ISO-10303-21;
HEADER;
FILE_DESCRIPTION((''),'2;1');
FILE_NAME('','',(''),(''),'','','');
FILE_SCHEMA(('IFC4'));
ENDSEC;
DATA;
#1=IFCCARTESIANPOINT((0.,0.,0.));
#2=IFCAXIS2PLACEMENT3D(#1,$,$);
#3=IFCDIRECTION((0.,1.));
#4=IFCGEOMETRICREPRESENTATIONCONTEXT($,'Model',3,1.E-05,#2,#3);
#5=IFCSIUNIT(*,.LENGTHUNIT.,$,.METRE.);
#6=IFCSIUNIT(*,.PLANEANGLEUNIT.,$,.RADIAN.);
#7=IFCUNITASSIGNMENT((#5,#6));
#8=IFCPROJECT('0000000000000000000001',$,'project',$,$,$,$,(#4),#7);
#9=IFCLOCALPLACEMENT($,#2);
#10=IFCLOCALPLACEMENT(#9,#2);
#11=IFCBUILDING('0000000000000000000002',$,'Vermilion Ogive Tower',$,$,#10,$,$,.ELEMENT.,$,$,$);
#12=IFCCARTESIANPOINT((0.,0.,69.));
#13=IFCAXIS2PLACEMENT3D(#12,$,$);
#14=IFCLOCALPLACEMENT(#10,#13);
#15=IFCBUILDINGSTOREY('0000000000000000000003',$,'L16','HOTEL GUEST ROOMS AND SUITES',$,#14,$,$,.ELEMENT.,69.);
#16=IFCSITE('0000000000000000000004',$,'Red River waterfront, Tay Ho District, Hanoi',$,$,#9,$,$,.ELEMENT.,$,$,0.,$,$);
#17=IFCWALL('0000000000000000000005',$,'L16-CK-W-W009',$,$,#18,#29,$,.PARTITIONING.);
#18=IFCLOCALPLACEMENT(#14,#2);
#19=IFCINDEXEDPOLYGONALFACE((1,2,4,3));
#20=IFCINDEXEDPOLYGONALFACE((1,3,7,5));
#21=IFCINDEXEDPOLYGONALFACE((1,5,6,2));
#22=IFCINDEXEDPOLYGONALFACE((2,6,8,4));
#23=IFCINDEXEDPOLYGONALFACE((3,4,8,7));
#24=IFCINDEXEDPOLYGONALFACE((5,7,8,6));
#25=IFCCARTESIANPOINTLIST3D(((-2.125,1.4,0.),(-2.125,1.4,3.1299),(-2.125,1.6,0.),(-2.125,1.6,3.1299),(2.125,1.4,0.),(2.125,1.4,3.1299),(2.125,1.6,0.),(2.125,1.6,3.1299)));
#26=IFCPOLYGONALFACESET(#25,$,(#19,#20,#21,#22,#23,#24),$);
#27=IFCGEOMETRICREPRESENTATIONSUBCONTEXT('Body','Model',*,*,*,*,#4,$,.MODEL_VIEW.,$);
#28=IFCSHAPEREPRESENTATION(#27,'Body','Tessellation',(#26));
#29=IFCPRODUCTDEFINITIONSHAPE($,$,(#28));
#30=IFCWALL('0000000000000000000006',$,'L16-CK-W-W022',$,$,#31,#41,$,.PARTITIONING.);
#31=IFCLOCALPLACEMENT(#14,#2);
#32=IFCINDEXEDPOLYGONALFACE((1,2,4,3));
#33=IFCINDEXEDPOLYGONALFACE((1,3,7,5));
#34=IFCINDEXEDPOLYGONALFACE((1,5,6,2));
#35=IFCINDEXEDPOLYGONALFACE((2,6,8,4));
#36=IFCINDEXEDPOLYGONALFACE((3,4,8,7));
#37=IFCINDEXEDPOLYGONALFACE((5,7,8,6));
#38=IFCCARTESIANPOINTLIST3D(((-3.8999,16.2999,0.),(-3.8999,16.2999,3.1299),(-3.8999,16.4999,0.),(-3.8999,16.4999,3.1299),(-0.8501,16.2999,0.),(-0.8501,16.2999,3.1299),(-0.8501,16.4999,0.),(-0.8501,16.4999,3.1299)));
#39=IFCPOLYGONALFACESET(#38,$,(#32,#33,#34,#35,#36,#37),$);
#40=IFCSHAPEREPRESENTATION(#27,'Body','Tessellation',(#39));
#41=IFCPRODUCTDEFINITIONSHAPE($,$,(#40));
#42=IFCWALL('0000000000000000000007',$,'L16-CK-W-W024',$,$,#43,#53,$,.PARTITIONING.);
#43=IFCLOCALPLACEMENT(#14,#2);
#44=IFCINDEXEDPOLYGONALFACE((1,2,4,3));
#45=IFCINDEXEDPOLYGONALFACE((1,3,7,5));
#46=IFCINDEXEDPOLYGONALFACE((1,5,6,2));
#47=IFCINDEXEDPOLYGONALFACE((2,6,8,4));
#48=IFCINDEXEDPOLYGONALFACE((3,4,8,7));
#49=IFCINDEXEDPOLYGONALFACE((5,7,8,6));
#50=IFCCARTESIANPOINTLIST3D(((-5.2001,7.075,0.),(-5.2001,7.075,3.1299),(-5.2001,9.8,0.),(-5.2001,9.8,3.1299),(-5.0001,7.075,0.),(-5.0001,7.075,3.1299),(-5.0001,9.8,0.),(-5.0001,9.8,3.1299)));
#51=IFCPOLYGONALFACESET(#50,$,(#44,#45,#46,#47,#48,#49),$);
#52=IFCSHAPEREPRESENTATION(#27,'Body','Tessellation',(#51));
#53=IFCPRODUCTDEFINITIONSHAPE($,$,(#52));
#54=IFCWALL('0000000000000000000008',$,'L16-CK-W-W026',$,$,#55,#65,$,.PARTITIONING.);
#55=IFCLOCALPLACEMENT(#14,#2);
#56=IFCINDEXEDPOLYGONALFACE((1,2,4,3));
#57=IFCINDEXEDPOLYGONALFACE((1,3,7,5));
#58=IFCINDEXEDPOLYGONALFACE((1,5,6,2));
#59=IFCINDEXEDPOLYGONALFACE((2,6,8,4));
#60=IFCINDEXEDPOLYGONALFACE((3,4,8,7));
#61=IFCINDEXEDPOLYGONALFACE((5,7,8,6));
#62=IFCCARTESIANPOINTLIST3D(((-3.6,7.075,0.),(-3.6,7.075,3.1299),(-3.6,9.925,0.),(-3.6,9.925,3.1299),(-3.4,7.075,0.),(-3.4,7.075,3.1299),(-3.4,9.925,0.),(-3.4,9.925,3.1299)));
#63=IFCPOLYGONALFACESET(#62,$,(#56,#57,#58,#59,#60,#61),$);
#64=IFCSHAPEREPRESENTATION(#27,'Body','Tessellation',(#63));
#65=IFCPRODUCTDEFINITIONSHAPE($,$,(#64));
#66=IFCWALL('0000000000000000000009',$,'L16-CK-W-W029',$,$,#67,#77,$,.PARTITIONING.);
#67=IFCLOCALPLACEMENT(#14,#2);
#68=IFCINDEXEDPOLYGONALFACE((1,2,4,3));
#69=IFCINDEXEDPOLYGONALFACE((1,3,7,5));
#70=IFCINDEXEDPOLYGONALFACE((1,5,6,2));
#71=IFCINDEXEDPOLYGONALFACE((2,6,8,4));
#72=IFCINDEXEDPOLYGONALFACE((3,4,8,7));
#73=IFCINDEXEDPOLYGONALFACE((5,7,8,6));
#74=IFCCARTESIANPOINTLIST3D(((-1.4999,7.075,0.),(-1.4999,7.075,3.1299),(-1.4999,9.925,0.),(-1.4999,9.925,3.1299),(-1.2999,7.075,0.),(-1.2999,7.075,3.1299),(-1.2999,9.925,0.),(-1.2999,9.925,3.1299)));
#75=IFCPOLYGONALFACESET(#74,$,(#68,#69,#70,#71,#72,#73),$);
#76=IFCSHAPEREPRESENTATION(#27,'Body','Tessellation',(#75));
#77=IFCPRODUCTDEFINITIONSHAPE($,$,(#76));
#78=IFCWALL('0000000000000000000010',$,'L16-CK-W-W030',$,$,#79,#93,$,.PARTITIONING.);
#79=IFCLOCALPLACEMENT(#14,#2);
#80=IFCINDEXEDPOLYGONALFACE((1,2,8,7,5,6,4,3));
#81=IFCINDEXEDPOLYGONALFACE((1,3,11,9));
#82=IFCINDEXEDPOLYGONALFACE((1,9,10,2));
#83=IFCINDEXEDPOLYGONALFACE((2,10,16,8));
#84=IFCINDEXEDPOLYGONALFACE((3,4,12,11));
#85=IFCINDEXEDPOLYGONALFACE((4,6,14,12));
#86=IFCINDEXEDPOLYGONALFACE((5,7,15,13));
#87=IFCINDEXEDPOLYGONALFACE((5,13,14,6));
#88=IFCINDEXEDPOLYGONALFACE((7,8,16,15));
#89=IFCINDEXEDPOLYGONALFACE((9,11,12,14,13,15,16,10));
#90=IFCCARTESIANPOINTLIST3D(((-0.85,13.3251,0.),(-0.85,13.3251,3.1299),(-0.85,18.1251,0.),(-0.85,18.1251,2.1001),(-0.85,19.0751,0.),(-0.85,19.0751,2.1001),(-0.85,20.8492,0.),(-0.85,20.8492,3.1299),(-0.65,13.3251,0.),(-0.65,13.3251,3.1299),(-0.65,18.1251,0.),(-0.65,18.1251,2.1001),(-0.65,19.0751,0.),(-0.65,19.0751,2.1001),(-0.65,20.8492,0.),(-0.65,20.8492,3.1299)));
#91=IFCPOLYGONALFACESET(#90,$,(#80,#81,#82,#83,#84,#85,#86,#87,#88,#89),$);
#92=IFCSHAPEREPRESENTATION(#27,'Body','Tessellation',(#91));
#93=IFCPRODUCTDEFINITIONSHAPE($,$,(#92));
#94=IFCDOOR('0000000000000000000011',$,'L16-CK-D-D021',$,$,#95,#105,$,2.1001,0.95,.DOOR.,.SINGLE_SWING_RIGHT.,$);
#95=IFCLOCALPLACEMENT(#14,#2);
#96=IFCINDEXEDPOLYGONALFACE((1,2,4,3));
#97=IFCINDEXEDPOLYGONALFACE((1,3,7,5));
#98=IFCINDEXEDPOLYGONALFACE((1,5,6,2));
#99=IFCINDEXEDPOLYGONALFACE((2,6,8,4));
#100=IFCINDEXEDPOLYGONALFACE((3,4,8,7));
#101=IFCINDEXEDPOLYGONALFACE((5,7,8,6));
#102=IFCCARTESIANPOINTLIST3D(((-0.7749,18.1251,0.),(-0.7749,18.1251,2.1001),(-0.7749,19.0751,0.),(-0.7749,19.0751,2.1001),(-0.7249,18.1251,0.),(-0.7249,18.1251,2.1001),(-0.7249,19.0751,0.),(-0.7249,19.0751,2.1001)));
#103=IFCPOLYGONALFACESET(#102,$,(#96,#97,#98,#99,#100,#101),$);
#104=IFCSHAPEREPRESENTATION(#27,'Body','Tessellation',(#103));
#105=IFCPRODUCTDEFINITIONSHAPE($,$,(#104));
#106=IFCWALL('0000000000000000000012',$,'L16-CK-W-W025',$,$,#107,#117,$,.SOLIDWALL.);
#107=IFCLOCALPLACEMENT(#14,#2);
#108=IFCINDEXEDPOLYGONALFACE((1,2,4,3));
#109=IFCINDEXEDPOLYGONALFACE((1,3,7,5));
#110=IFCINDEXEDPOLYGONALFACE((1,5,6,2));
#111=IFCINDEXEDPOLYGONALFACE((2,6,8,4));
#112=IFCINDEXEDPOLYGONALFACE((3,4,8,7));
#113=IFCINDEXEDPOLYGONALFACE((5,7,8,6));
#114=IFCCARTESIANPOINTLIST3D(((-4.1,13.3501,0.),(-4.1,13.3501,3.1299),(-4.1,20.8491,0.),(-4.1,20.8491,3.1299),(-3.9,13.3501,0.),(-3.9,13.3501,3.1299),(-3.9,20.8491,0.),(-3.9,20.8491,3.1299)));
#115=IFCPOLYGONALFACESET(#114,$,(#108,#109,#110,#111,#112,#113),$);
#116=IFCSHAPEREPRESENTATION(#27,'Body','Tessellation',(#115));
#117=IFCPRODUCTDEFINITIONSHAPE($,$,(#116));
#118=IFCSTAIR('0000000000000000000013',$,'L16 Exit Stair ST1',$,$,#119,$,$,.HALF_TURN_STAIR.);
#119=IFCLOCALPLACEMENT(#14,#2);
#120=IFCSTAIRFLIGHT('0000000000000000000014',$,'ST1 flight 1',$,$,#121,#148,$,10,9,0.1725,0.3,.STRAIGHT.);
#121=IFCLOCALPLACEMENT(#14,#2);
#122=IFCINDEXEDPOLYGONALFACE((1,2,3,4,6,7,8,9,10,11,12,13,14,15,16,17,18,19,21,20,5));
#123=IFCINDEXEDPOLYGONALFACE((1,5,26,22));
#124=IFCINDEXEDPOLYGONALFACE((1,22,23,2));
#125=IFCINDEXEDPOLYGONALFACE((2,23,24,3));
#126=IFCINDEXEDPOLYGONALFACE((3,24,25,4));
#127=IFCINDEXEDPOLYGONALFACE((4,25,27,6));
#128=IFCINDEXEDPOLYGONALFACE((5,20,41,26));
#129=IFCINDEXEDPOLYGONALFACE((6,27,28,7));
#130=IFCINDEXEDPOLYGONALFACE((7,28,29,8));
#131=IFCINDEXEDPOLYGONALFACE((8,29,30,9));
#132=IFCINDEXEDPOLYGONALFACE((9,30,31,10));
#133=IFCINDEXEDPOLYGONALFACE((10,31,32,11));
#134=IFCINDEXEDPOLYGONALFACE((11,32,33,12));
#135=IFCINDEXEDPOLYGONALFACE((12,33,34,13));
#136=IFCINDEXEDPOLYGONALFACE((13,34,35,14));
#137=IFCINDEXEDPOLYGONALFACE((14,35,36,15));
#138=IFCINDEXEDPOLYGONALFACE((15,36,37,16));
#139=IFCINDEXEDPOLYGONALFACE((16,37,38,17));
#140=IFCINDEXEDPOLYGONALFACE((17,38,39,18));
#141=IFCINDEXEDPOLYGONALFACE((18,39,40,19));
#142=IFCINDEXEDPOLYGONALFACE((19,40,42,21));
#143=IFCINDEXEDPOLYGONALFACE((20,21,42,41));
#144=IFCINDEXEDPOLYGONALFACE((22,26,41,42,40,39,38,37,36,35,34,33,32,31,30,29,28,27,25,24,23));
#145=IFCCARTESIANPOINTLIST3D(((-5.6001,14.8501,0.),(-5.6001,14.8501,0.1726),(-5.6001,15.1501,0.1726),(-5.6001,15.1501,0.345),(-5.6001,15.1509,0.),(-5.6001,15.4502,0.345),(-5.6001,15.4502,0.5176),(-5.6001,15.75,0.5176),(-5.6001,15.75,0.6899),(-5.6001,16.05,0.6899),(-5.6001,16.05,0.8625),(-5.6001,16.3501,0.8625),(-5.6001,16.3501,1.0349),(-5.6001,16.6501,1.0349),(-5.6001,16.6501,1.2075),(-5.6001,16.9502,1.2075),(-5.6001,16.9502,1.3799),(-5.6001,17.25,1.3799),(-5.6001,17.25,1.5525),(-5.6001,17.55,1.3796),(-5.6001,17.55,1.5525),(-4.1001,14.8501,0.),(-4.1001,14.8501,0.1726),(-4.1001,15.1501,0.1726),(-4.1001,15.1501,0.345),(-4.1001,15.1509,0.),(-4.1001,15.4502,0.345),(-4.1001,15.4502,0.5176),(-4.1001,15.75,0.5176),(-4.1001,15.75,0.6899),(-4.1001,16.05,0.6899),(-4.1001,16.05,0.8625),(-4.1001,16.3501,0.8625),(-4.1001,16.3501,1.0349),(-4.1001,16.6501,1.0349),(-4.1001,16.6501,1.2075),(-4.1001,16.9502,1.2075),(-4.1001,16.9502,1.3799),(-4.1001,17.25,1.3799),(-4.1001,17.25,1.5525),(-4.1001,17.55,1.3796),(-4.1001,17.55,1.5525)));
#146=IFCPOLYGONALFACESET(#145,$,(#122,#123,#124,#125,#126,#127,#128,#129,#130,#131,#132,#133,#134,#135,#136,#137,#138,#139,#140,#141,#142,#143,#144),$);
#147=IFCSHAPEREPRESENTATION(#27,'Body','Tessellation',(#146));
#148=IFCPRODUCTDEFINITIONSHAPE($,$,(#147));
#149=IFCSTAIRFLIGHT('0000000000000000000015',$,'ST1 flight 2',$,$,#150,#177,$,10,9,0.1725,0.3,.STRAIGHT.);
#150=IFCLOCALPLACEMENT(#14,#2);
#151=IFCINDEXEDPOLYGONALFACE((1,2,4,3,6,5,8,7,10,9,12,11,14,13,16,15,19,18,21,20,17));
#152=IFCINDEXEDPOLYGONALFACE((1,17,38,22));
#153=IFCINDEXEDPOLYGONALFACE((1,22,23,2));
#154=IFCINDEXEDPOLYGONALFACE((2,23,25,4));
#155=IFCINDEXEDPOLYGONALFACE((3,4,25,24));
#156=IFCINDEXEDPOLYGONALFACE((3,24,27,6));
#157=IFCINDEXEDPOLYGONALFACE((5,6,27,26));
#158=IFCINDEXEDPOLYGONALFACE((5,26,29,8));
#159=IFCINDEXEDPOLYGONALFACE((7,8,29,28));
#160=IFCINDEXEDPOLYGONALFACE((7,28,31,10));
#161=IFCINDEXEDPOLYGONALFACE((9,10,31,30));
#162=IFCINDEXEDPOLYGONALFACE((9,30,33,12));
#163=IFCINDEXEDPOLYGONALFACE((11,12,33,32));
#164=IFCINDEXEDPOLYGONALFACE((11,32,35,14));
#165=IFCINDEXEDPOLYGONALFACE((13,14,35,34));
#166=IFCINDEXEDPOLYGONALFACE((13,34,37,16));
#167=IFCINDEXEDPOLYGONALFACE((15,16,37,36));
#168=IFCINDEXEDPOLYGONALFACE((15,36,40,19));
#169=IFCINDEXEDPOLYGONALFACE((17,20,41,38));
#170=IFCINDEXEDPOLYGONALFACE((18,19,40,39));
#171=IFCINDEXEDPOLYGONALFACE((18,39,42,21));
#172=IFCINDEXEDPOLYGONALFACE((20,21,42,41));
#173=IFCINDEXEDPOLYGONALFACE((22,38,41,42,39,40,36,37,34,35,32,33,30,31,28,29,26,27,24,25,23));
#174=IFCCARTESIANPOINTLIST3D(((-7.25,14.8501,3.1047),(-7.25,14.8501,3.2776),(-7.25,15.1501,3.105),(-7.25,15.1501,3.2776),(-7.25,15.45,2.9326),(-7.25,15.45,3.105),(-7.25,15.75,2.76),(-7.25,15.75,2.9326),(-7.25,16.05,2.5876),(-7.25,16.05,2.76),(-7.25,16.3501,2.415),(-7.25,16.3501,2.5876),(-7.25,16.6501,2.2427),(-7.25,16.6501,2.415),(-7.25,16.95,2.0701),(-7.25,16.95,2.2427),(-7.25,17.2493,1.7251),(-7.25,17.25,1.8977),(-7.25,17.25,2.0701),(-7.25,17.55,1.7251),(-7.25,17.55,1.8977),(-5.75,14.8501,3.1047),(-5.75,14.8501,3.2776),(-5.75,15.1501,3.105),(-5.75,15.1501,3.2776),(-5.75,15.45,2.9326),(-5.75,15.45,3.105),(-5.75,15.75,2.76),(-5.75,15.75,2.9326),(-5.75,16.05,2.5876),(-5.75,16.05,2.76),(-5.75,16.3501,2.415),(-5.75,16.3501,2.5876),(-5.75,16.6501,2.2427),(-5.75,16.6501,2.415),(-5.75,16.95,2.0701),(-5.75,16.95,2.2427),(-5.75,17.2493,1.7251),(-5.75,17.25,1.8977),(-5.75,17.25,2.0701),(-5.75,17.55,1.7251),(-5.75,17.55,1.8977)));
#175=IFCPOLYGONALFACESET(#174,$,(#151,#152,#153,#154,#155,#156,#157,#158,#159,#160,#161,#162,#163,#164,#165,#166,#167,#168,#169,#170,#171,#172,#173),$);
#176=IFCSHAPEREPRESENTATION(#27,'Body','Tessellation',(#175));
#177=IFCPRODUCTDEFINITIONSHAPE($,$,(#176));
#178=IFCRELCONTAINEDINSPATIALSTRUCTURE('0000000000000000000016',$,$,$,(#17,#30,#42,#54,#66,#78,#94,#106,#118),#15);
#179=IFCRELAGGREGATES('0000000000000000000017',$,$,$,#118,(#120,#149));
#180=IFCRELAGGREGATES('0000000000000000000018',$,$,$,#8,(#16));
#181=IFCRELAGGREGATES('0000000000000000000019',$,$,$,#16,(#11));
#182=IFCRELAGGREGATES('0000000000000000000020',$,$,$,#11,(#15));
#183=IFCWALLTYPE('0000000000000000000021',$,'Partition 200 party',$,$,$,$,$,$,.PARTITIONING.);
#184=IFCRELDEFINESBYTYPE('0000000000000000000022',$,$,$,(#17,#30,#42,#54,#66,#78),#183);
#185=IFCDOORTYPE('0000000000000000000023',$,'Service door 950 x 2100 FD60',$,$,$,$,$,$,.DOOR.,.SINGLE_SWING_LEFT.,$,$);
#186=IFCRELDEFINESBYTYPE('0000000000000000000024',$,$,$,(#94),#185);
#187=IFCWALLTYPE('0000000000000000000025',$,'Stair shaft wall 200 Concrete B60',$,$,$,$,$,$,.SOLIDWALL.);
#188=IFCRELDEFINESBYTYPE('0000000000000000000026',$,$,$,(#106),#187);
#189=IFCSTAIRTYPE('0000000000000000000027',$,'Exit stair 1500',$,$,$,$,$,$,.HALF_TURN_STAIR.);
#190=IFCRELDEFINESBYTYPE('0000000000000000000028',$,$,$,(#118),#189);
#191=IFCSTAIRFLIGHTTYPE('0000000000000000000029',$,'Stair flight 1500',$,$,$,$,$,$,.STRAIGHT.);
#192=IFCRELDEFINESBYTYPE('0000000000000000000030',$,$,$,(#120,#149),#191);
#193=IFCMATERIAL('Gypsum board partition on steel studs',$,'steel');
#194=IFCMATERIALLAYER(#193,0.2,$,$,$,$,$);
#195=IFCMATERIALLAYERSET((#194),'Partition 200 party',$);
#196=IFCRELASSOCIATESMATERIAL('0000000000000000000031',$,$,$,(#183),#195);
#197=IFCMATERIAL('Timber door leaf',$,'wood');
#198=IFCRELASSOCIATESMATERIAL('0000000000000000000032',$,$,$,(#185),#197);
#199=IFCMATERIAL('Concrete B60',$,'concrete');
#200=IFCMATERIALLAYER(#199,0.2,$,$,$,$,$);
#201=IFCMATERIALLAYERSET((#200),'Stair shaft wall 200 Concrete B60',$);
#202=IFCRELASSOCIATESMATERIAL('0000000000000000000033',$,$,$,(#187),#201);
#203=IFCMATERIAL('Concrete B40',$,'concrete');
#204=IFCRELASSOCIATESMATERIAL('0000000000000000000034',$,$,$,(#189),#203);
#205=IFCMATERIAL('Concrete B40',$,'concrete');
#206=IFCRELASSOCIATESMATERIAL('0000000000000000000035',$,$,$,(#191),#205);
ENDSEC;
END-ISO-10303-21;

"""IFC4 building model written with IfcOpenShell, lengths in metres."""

from ifc_helpers import new_model, si_unit, direction, frame, frame_2d, origin, place, context, subcontext, project, spatial, polyline, rectangle, outline, extrude, material, layer, layer_set, type_object, element, fill, aggregate, save


model = new_model("IFC4")

# Units and contexts
model_context = context("Model", 3, precision=1e-05, world=origin(), true_north=direction((0.0, 1.0)))
body_context = subcontext(model_context, "Body", "Model", "MODEL_VIEW")
ifc_project = project(units=[si_unit("LENGTHUNIT", "METRE"), si_unit("PLANEANGLEUNIT", "RADIAN")], contexts=[model_context])

# Site, building, storey
site_placement = place(None, origin())
site = spatial("IfcSite", under=ifc_project, at=site_placement, Name="Red River waterfront, Tay Ho District, Hanoi", CompositionType="ELEMENT", RefElevation=0.0)
building_placement = place(site_placement, origin())
building = spatial("IfcBuilding", under=site, at=building_placement, Name="Vermilion Ogive Tower", CompositionType="ELEMENT")
storey_placement = place(building_placement, frame((0.0, 0.0, 69.0)))
storey = spatial("IfcBuildingStorey", under=building, at=storey_placement, Name="L16", Description="HOTEL GUEST ROOMS AND SUITES", CompositionType="ELEMENT", Elevation=69.0)

# Walls
ifc_material_1 = material(Name="Gypsum board partition on steel studs", Category="steel")
ifc_layer_1 = layer(ifc_material_1, 0.2)
ifc_layer_set_1 = layer_set([ifc_layer_1], Name="Partition 200 party")
wall_type_1 = type_object("IfcWallType", Name="Partition 200 party", PredefinedType="PARTITIONING", material=ifc_layer_set_1)
wall_1_placement = place(storey_placement, frame((-2.125, 1.5, 0.0), z_axis=(0.0, 0.0, 1.0), x_axis=(1.0, 0.0, 0.0)))
element("IfcWall", 1, at=wall_1_placement, inside=storey, type_object=wall_type_1, Name="L16-CK-W-W009", PredefinedType="PARTITIONING", context=body_context, shape_type="SweptSolid", body=[
    extrude(rectangle(XDim=4.25, YDim=0.2, at=frame_2d((2.125, 0.0))), origin(), (0.0, 0.0, 1.0), 3.1299),
])
wall_2_placement = place(storey_placement, frame((-3.8999, 16.3999, 0.0), z_axis=(0.0, 0.0, 1.0), x_axis=(1.0, 0.0, 0.0)))
element("IfcWall", 2, at=wall_2_placement, inside=storey, type_object=wall_type_1, Name="L16-CK-W-W022", PredefinedType="PARTITIONING", context=body_context, shape_type="SweptSolid", body=[
    extrude(rectangle(XDim=3.0498, YDim=0.2, at=frame_2d((1.5249, 0.0))), origin(), (0.0, 0.0, 1.0), 3.1299),
])
wall_3_placement = place(storey_placement, frame((-5.1001, 7.075, 0.0), z_axis=(0.0, 0.0, 1.0), x_axis=(0.0, 1.0, 0.0)))
element("IfcWall", 3, at=wall_3_placement, inside=storey, type_object=wall_type_1, Name="L16-CK-W-W024", PredefinedType="PARTITIONING", context=body_context, shape_type="SweptSolid", body=[
    extrude(rectangle(XDim=2.7251, YDim=0.2, at=frame_2d((1.3625, 0.0))), origin(), (0.0, 0.0, 1.0), 3.1299),
])
for number, where, z_axis, x_axis, name in (
    (4, (-3.5, 7.075, 0.0), (0.0, 0.0, 1.0), (0.0, 1.0, 0.0), "L16-CK-W-W026"),
    (5, (-1.3999, 7.075, 0.0), (0.0, 0.0, 1.0), (0.0, 1.0, 0.0), "L16-CK-W-W029"),
):
    element("IfcWall", number, at=place(storey_placement, frame(where, z_axis=z_axis, x_axis=x_axis)), inside=storey, type_object=wall_type_1, Name=name, PredefinedType="PARTITIONING", context=body_context, shape_type="SweptSolid", body=[
        extrude(rectangle(XDim=2.8501, YDim=0.2, at=frame_2d((1.425, 0.0))), origin(), (0.0, 0.0, 1.0), 3.1299),
    ])

# Wall, opening, door
wall_4_placement = place(storey_placement, frame((-0.75, 13.325, 0.0), z_axis=(0.0, 0.0, 1.0), x_axis=(0.0, 1.0, 0.0)))
wall_4 = element("IfcWall", 6, at=wall_4_placement, inside=storey, type_object=wall_type_1, Name="L16-CK-W-W030", PredefinedType="PARTITIONING", context=body_context, shape_type="SweptSolid", body=[
    extrude(rectangle(XDim=7.5242, YDim=0.2, at=frame_2d((3.7622, 0.0))), origin(), (0.0, 0.0, 1.0), 3.1299),
])
opening_1_placement = place(wall_4_placement, frame((4.8, 0.0, 0.0)))
opening_1 = element("IfcOpeningElement", 7, at=opening_1_placement, cuts=wall_4, PredefinedType="OPENING", context=body_context, shape_type="SweptSolid", body=[
    extrude(rectangle(XDim=0.95, YDim=2.1001, at=frame_2d((0.4751, 1.05))), frame((0.0, 0.1099, 0.0), z_axis=(0.0, -1.0, 0.0), x_axis=(1.0, 0.0, 0.0)), (0.0, 0.0, 1.0), 0.22),
])
ifc_material_2 = material(Name="Timber door leaf", Category="wood")
door_type_1 = type_object("IfcDoorType", Name="Service door 950 x 2100 FD60", OperationType="SINGLE_SWING_LEFT", PredefinedType="DOOR", material=ifc_material_2)
door_1_placement = place(opening_1_placement, origin())
door_1 = element("IfcDoor", 8, at=door_1_placement, inside=storey, type_object=door_type_1, Name="L16-CK-D-D021", OperationType="SINGLE_SWING_RIGHT", OverallHeight=2.1001, OverallWidth=0.95, PredefinedType="DOOR", context=body_context, shape_type="SweptSolid", body=[
    extrude(rectangle(XDim=0.95, YDim=2.1001, at=frame_2d((0.4751, 1.05))), frame((0.0, 0.0249, 0.0), z_axis=(0.0, -1.0, 0.0), x_axis=(1.0, 0.0, 0.0)), (0.0, 0.0, 1.0), 0.05),
])
fill(opening_1, door_1)

# Wall
ifc_material_3 = material(Name="Concrete B60", Category="concrete")
ifc_layer_2 = layer(ifc_material_3, 0.2)
ifc_layer_set_2 = layer_set([ifc_layer_2], Name="Stair shaft wall 200 Concrete B60")
wall_type_2 = type_object("IfcWallType", Name="Stair shaft wall 200 Concrete B60", PredefinedType="SOLIDWALL", material=ifc_layer_set_2)
wall_5_placement = place(storey_placement, frame((-4.0, 13.3501, 0.0), z_axis=(0.0, 0.0, 1.0), x_axis=(0.0, 1.0, 0.0)))
element("IfcWall", 9, at=wall_5_placement, inside=storey, type_object=wall_type_2, Name="L16-CK-W-W025", PredefinedType="SOLIDWALL", context=body_context, shape_type="SweptSolid", body=[
    extrude(rectangle(XDim=7.499, YDim=0.2, at=frame_2d((3.7495, 0.0))), origin(), (0.0, 0.0, 1.0), 3.1299),
])

# Stair, stair flights
ifc_material_4 = material(Name="Concrete B40", Category="concrete")
stair_type = type_object("IfcStairType", Name="Exit stair 1500", PredefinedType="HALF_TURN_STAIR", material=ifc_material_4)
stair_placement = place(storey_placement, origin())
stair = element("IfcStair", 10, at=stair_placement, inside=storey, type_object=stair_type, Name="L16 Exit Stair ST1", PredefinedType="HALF_TURN_STAIR")
ifc_material_5 = material(Name="Concrete B40", Category="concrete")
stair_flight_type = type_object("IfcStairFlightType", Name="Stair flight 1500", PredefinedType="STRAIGHT", material=ifc_material_5)
stair_flight_1_placement = place(storey_placement, frame((-4.8501, 14.8501, 0.0), z_axis=(0.0, 0.0, 1.0), x_axis=(0.0, 1.0, 0.0)))
stair_flight_1 = element("IfcStairFlight", 11, at=stair_flight_1_placement, type_object=stair_flight_type, Name="ST1 flight 1", NumberOfRisers=10, NumberOfTreads=9, PredefinedType="STRAIGHT", RiserHeight=0.1725, TreadLength=0.3, context=body_context, shape_type="SweptSolid", body=[
    extrude(outline(polyline([(0.0, 0.0), (0.0, 0.1726), (0.3, 0.1726), (0.3, 0.345), (0.6001, 0.345), (0.6001, 0.5176), (0.8999, 0.5176), (0.8999, 0.6899), (1.2, 0.6899), (1.2, 0.8625), (1.5, 0.8625), (1.5, 1.0349), (1.8, 1.0349), (1.8, 1.2075), (2.1001, 1.2075), (2.1001, 1.3799), (2.3999, 1.3799), (2.3999, 1.5525), (2.7, 1.5525), (2.7, 1.7251), (2.7, 1.3796), (0.3008, 0.0), (0.0, 0.0)])), frame((0.0, 0.75, 0.0), z_axis=(0.0, -1.0, 0.0), x_axis=(1.0, 0.0, 0.0)), (0.0, 0.0, 1.0), 1.5),
])
stair_flight_2_placement = place(storey_placement, frame((-6.5, 17.55, 1.7251), z_axis=(0.0, 0.0, 1.0), x_axis=(0.0, -1.0, 0.0)))
stair_flight_2 = element("IfcStairFlight", 12, at=stair_flight_2_placement, type_object=stair_flight_type, Name="ST1 flight 2", NumberOfRisers=10, NumberOfTreads=9, PredefinedType="STRAIGHT", RiserHeight=0.1725, TreadLength=0.3, context=body_context, shape_type="SweptSolid", body=[
    extrude(outline(polyline([(0.0, 0.0), (0.0, 0.1726), (0.3, 0.1726), (0.3, 0.345), (0.6001, 0.345), (0.6001, 0.5176), (0.8999, 0.5176), (0.8999, 0.6899), (1.2, 0.6899), (1.2, 0.8625), (1.5, 0.8625), (1.5, 1.0349), (1.8, 1.0349), (1.8, 1.2075), (2.1001, 1.2075), (2.1001, 1.3799), (2.3999, 1.3799), (2.3999, 1.5525), (2.7, 1.5525), (2.7, 1.7251), (2.7, 1.3796), (0.3008, 0.0), (0.0, 0.0)])), frame((0.0, 0.75, 0.0), z_axis=(0.0, -1.0, 0.0), x_axis=(1.0, 0.0, 0.0)), (0.0, 0.0, 1.0), 1.5),
])
aggregate(stair, [stair_flight_1, stair_flight_2])

save(model, "model.ifc")
